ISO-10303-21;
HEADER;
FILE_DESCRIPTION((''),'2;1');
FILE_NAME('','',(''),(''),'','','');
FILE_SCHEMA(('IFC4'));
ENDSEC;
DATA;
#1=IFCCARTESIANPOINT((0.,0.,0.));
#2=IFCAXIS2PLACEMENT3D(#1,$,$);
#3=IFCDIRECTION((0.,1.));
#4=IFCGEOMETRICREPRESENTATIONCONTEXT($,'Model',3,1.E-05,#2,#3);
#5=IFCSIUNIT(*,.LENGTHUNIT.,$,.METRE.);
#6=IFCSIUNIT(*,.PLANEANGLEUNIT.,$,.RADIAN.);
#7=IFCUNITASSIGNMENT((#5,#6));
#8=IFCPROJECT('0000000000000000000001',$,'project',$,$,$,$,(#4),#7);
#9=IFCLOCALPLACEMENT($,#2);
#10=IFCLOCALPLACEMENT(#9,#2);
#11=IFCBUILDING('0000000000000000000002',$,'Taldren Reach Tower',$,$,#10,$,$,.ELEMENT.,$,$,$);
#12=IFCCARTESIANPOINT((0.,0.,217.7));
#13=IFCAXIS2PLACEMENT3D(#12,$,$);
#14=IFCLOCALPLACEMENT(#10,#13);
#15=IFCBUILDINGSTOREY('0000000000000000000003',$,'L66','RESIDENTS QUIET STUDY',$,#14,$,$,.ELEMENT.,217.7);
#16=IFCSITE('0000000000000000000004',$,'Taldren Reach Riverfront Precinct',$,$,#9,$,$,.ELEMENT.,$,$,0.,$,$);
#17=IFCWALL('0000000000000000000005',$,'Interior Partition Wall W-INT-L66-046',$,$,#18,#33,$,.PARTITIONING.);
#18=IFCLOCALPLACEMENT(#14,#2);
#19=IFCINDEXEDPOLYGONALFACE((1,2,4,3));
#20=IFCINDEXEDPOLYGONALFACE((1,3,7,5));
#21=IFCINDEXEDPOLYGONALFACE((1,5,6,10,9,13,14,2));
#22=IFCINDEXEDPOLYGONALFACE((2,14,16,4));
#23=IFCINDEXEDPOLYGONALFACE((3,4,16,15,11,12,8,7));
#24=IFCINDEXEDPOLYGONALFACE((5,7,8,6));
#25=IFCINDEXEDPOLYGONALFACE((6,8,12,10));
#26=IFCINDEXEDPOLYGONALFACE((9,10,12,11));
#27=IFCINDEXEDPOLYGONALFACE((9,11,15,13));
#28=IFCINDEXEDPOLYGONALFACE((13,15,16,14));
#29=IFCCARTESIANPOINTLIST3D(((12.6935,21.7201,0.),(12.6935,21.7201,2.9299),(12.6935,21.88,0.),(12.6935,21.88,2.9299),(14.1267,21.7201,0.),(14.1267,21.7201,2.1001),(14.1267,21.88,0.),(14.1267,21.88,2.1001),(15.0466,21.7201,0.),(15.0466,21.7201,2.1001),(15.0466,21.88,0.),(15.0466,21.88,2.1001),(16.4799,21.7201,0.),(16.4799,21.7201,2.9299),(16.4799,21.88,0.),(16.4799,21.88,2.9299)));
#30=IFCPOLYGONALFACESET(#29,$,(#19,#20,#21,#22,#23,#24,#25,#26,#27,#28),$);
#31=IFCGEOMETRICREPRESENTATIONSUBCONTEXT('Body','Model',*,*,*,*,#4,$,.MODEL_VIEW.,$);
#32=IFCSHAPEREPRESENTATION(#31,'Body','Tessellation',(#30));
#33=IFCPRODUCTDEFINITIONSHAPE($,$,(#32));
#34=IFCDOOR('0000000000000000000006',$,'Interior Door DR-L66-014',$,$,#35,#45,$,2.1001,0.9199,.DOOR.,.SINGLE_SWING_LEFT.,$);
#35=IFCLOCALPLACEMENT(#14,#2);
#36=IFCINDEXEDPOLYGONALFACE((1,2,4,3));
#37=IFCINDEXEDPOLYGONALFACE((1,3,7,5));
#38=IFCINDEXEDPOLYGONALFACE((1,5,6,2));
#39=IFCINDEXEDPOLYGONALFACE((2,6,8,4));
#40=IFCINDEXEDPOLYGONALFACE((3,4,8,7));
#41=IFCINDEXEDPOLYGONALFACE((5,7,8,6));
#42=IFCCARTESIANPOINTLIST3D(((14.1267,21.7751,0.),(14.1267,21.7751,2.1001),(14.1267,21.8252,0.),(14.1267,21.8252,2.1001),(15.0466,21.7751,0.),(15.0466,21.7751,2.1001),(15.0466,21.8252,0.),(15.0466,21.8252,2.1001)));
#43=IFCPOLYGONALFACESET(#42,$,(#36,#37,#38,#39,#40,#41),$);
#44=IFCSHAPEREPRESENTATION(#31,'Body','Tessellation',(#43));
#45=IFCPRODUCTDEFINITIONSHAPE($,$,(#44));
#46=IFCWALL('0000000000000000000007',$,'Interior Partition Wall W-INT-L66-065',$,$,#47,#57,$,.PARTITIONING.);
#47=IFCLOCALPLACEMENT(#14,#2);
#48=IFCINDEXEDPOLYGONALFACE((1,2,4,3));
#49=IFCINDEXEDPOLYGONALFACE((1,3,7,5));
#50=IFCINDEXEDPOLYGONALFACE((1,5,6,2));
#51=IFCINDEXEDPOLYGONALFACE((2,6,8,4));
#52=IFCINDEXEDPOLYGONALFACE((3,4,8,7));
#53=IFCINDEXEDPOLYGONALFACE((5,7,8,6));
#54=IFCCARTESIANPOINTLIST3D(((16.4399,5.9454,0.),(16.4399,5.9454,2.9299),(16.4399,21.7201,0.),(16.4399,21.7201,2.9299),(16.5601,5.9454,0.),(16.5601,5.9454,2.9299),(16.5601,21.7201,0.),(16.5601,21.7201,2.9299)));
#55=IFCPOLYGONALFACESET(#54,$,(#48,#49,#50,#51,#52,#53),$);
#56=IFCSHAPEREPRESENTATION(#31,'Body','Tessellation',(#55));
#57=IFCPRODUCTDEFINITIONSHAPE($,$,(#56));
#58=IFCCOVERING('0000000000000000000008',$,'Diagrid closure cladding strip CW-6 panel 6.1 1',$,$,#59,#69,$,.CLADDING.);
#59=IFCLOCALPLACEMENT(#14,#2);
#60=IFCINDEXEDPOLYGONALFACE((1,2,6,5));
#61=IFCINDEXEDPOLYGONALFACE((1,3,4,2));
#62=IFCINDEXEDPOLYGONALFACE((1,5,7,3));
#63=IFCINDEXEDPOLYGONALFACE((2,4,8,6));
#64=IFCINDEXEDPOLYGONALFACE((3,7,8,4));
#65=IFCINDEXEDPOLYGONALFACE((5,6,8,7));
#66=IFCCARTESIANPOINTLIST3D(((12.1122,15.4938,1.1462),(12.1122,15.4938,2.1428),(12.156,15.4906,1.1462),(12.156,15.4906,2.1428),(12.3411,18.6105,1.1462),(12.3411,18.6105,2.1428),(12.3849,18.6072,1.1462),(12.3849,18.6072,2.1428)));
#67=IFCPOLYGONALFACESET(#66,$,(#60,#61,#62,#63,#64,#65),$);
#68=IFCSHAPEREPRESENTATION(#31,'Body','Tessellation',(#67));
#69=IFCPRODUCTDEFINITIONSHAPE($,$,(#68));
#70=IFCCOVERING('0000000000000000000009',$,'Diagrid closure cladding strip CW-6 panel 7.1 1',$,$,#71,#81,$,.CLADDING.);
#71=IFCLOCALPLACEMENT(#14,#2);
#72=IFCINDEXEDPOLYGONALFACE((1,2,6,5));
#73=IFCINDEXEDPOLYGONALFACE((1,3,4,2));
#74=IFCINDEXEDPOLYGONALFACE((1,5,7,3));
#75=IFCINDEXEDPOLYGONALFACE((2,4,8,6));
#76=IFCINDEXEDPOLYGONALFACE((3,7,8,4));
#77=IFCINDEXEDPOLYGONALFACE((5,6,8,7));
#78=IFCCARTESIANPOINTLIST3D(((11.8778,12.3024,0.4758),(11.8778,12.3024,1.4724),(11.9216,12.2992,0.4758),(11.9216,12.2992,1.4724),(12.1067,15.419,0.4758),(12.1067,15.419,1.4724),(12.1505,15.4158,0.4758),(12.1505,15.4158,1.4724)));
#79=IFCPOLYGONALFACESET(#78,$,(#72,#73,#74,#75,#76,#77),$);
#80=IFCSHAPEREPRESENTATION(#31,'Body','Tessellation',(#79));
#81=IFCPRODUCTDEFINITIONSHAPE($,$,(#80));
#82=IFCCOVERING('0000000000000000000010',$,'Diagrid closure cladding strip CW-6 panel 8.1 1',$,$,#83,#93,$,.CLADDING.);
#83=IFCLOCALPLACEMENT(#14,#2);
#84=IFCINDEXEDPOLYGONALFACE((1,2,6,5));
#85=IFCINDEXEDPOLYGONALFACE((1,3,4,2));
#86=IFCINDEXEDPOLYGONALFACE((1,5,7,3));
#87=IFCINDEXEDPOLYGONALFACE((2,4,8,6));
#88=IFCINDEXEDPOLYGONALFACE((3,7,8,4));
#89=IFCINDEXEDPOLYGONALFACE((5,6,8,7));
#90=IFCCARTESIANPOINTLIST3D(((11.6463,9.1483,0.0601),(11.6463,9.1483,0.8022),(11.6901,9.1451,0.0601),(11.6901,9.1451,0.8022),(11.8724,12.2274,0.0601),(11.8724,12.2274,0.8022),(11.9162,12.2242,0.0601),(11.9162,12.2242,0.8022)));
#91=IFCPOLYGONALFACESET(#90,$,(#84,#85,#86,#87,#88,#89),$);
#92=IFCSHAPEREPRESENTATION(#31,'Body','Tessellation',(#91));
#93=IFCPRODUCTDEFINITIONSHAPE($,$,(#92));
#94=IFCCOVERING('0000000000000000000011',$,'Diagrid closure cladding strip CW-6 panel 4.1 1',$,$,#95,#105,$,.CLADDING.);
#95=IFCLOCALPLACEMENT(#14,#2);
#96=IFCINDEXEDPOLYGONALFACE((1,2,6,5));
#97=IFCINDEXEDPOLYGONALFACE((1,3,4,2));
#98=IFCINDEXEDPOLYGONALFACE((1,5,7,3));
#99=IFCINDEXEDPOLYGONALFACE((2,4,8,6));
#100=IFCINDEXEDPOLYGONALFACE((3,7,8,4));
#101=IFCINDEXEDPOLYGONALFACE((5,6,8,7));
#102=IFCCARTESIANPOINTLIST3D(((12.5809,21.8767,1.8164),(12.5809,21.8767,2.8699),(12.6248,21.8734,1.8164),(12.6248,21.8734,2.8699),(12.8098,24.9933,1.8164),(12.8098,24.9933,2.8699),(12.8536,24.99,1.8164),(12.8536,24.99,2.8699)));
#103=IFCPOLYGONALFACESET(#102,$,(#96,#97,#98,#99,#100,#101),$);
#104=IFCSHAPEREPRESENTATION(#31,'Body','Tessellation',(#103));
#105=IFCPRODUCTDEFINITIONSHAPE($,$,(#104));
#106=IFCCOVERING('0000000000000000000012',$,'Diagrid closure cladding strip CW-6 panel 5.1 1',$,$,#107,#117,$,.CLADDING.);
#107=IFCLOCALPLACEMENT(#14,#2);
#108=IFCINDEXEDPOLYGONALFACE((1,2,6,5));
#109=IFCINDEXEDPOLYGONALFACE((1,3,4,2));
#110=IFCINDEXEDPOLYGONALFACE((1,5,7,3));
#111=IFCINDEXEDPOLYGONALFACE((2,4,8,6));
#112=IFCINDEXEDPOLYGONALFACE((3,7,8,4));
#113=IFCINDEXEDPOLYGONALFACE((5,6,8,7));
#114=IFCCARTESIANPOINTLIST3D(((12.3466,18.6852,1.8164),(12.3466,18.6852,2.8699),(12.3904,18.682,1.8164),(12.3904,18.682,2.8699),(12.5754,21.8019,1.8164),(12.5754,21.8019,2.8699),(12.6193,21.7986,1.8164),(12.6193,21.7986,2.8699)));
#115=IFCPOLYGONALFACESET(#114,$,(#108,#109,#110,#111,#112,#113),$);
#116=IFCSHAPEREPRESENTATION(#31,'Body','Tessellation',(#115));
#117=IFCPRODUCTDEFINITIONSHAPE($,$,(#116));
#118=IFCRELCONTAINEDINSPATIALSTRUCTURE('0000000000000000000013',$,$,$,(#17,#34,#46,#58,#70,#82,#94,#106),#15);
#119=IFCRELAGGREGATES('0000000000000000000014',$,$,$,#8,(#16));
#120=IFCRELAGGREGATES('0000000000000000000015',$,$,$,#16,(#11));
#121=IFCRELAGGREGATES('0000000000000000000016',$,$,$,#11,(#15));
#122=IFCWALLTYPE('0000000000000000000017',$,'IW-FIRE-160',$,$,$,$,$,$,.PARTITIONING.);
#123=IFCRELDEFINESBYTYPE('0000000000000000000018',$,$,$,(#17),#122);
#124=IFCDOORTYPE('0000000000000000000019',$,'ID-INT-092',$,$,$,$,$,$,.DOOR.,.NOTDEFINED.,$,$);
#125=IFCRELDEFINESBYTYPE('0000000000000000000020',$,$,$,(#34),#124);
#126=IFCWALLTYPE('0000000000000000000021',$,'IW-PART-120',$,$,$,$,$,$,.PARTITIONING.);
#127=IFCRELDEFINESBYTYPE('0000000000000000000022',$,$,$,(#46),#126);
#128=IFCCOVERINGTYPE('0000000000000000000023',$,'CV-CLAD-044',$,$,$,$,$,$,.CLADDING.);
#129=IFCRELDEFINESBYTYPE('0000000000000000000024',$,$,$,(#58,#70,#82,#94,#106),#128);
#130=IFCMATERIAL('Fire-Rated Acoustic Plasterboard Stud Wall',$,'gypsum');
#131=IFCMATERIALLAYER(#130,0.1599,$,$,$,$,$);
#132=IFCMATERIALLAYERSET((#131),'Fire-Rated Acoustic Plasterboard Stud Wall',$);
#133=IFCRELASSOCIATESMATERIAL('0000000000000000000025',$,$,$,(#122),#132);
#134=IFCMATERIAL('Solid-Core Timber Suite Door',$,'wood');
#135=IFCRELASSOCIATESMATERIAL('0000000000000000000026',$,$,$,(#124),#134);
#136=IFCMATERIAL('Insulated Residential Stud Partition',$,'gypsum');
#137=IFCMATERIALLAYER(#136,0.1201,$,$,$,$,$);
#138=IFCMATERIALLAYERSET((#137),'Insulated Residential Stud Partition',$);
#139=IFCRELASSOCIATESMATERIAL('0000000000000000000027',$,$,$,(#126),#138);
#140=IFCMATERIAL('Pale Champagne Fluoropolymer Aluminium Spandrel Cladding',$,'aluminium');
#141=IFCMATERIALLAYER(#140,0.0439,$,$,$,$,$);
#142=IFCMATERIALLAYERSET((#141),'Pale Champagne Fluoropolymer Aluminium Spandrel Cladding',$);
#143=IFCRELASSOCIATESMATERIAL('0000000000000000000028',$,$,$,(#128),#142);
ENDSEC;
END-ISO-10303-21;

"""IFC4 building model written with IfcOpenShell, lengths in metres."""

from ifc_helpers import new_model, si_unit, direction, frame, frame_2d, origin, origin_2d, place, context, subcontext, project, spatial, rectangle, extrude, source, transform, mapped, material, layer, layer_set, type_object, element, fill, save


model = new_model("IFC4")

# Units and contexts
model_context = context("Model", 3, precision=1e-05, world=origin(), true_north=direction((0.0, 1.0)))
body_context = subcontext(model_context, "Body", "Model", "MODEL_VIEW")
ifc_project = project(units=[si_unit("LENGTHUNIT", "METRE"), si_unit("PLANEANGLEUNIT", "RADIAN")], contexts=[model_context])

# Site, building, storey
site_placement = place(None, origin())
site = spatial("IfcSite", under=ifc_project, at=site_placement, Name="Taldren Reach Riverfront Precinct", CompositionType="ELEMENT", RefElevation=0.0)
building_placement = place(site_placement, origin())
building = spatial("IfcBuilding", under=site, at=building_placement, Name="Taldren Reach Tower", CompositionType="ELEMENT")
storey_placement = place(building_placement, frame((0.0, 0.0, 217.7)))
storey = spatial("IfcBuildingStorey", under=building, at=storey_placement, Name="L66", Description="RESIDENTS QUIET STUDY", CompositionType="ELEMENT", Elevation=217.7)

# Wall, opening, door
ifc_material_1 = material(Name="Fire-Rated Acoustic Plasterboard Stud Wall", Category="gypsum")
ifc_layer_1 = layer(ifc_material_1, 0.1599)
ifc_layer_set_1 = layer_set([ifc_layer_1], Name="Fire-Rated Acoustic Plasterboard Stud Wall")
wall_type_1 = type_object("IfcWallType", Name="IW-FIRE-160", PredefinedType="PARTITIONING", material=ifc_layer_set_1)
shared_shape_1 = source(origin(), body_context, "Body", "SweptSolid", [
    extrude(rectangle(XDim=3.7864, YDim=0.1599, at=frame_2d((1.8931, 0.0))), origin(), (0.0, 0.0, 1.0), 2.9299),
])
wall_1_placement = place(storey_placement, frame((16.4797, 21.8, 0.0), z_axis=(0.0, 0.0, 1.0), x_axis=(-1.0, 0.0, 0.0)))
wall_1 = element("IfcWall", 1, at=wall_1_placement, inside=storey, type_object=wall_type_1, Name="Interior Partition Wall W-INT-L66-046", PredefinedType="PARTITIONING", context=body_context, shape_type="MappedRepresentation", body=[
    mapped(shared_shape_1, transform((0.0, 0.0, 0.0), scale=1.0)),
])
shared_shape_2 = source(origin(), body_context, "Body", "SweptSolid", [
    extrude(rectangle(XDim=0.9199, YDim=2.1001, at=frame_2d((0.46, 1.05))), frame((0.0, 0.0898, 0.0), z_axis=(0.0, -1.0, 0.0), x_axis=(1.0, 0.0, 0.0)), (0.0, 0.0, 1.0), 0.1799),
])
opening_placement = place(wall_1_placement, frame((1.4331, 0.0, 0.0)))
opening = element("IfcOpeningElement", 2, at=opening_placement, cuts=wall_1, PredefinedType="OPENING", context=body_context, shape_type="MappedRepresentation", body=[
    mapped(shared_shape_2, transform((0.0, 0.0, 0.0), scale=1.0)),
])
ifc_material_2 = material(Name="Solid-Core Timber Suite Door", Category="wood")
door_type = type_object("IfcDoorType", Name="ID-INT-092", OperationType="NOTDEFINED", PredefinedType="DOOR", material=ifc_material_2)
shared_shape_3 = source(origin(), body_context, "Body", "SweptSolid", [
    extrude(rectangle(XDim=0.9199, YDim=2.1001, at=frame_2d((0.46, 1.05))), frame((0.0, 0.0249, 0.0), z_axis=(0.0, -1.0, 0.0), x_axis=(1.0, 0.0, 0.0)), (0.0, 0.0, 1.0), 0.05),
])
door_placement = place(opening_placement, origin())
door = element("IfcDoor", 3, at=door_placement, inside=storey, type_object=door_type, Name="Interior Door DR-L66-014", OperationType="SINGLE_SWING_LEFT", OverallHeight=2.1001, OverallWidth=0.9199, PredefinedType="DOOR", context=body_context, shape_type="MappedRepresentation", body=[
    mapped(shared_shape_3, transform((0.0, 0.0, 0.0), scale=1.0)),
])
fill(opening, door)

# Wall
ifc_material_3 = material(Name="Insulated Residential Stud Partition", Category="gypsum")
ifc_layer_2 = layer(ifc_material_3, 0.1201)
ifc_layer_set_2 = layer_set([ifc_layer_2], Name="Insulated Residential Stud Partition")
wall_type_2 = type_object("IfcWallType", Name="IW-PART-120", PredefinedType="PARTITIONING", material=ifc_layer_set_2)
shared_shape_4 = source(origin(), body_context, "Body", "SweptSolid", [
    extrude(rectangle(XDim=15.7747, YDim=0.1201, at=frame_2d((7.8872, 0.0))), origin(), (0.0, 0.0, 1.0), 2.9299),
])
wall_2_placement = place(storey_placement, frame((16.5, 21.72, 0.0), z_axis=(0.0, 0.0, 1.0), x_axis=(0.0, -1.0, 0.0)))
element("IfcWall", 4, at=wall_2_placement, inside=storey, type_object=wall_type_2, Name="Interior Partition Wall W-INT-L66-065", PredefinedType="PARTITIONING", context=body_context, shape_type="MappedRepresentation", body=[
    mapped(shared_shape_4, transform((0.0, 0.0, 0.0), scale=1.0)),
])

# Coverings
ifc_material_4 = material(Name="Pale Champagne Fluoropolymer Aluminium Spandrel Cladding", Category="aluminium")
ifc_layer_3 = layer(ifc_material_4, 0.0439)
ifc_layer_set_3 = layer_set([ifc_layer_3], Name="Pale Champagne Fluoropolymer Aluminium Spandrel Cladding")
covering_type = type_object("IfcCoveringType", Name="CV-CLAD-044", PredefinedType="CLADDING", material=ifc_layer_set_3)
shared_shape_5 = source(origin(), body_context, "Body", "SweptSolid", [
    extrude(rectangle(XDim=3.125, YDim=0.0439, at=origin_2d()), origin(), (0.0, 0.0, 1.0), 0.9966),
])
for number, where, z_axis, x_axis, name in (
    (5, (12.2485, 17.0505, 1.1462), (0.0, 0.0, 1.0), (-0.073238, -0.997314, 0.0), "Diagrid closure cladding strip CW-6 panel 6.1 1"),
    (6, (12.0142, 13.8591, 0.4758), (0.0, 0.0, 1.0), (-0.073238, -0.997314, 0.0), "Diagrid closure cladding strip CW-6 panel 7.1 1"),
):
    element("IfcCovering", number, at=place(storey_placement, frame(where, z_axis=z_axis, x_axis=x_axis)), inside=storey, type_object=covering_type, Name=name, PredefinedType="CLADDING", context=body_context, shape_type="MappedRepresentation", body=[
        mapped(shared_shape_5, transform((0.0, 0.0, 0.0), scale=1.0)),
    ])
shared_shape_6 = source(origin(), body_context, "Body", "SweptSolid", [
    extrude(rectangle(XDim=3.0874, YDim=0.0439, at=origin_2d()), origin(), (0.0, 0.0, 1.0), 0.7422),
])
covering_placement = place(storey_placement, frame((11.7812, 10.6863, 0.0601), z_axis=(0.0, 0.0, 1.0), x_axis=(-0.073238, -0.997314, 0.0)))
element("IfcCovering", 7, at=covering_placement, inside=storey, type_object=covering_type, Name="Diagrid closure cladding strip CW-6 panel 8.1 1", PredefinedType="CLADDING", context=body_context, shape_type="MappedRepresentation", body=[
    mapped(shared_shape_6, transform((0.0, 0.0, 0.0), scale=1.0)),
])
shared_shape_7 = source(origin(), body_context, "Body", "SweptSolid", [
    extrude(rectangle(XDim=3.125, YDim=0.0439, at=origin_2d()), origin(), (0.0, 0.0, 1.0), 1.0535),
])
for number, where, z_axis, x_axis, name in (
    (8, (12.7173, 23.4333, 1.8164), (0.0, 0.0, 1.0), (-0.073238, -0.997314, 0.0), "Diagrid closure cladding strip CW-6 panel 4.1 1"),
    (9, (12.4829, 20.2419, 1.8164), (0.0, 0.0, 1.0), (-0.073238, -0.997314, 0.0), "Diagrid closure cladding strip CW-6 panel 5.1 1"),
):
    element("IfcCovering", number, at=place(storey_placement, frame(where, z_axis=z_axis, x_axis=x_axis)), inside=storey, type_object=covering_type, Name=name, PredefinedType="CLADDING", context=body_context, shape_type="MappedRepresentation", body=[
        mapped(shared_shape_7, transform((0.0, 0.0, 0.0), scale=1.0)),
    ])

save(model, "model.ifc")
